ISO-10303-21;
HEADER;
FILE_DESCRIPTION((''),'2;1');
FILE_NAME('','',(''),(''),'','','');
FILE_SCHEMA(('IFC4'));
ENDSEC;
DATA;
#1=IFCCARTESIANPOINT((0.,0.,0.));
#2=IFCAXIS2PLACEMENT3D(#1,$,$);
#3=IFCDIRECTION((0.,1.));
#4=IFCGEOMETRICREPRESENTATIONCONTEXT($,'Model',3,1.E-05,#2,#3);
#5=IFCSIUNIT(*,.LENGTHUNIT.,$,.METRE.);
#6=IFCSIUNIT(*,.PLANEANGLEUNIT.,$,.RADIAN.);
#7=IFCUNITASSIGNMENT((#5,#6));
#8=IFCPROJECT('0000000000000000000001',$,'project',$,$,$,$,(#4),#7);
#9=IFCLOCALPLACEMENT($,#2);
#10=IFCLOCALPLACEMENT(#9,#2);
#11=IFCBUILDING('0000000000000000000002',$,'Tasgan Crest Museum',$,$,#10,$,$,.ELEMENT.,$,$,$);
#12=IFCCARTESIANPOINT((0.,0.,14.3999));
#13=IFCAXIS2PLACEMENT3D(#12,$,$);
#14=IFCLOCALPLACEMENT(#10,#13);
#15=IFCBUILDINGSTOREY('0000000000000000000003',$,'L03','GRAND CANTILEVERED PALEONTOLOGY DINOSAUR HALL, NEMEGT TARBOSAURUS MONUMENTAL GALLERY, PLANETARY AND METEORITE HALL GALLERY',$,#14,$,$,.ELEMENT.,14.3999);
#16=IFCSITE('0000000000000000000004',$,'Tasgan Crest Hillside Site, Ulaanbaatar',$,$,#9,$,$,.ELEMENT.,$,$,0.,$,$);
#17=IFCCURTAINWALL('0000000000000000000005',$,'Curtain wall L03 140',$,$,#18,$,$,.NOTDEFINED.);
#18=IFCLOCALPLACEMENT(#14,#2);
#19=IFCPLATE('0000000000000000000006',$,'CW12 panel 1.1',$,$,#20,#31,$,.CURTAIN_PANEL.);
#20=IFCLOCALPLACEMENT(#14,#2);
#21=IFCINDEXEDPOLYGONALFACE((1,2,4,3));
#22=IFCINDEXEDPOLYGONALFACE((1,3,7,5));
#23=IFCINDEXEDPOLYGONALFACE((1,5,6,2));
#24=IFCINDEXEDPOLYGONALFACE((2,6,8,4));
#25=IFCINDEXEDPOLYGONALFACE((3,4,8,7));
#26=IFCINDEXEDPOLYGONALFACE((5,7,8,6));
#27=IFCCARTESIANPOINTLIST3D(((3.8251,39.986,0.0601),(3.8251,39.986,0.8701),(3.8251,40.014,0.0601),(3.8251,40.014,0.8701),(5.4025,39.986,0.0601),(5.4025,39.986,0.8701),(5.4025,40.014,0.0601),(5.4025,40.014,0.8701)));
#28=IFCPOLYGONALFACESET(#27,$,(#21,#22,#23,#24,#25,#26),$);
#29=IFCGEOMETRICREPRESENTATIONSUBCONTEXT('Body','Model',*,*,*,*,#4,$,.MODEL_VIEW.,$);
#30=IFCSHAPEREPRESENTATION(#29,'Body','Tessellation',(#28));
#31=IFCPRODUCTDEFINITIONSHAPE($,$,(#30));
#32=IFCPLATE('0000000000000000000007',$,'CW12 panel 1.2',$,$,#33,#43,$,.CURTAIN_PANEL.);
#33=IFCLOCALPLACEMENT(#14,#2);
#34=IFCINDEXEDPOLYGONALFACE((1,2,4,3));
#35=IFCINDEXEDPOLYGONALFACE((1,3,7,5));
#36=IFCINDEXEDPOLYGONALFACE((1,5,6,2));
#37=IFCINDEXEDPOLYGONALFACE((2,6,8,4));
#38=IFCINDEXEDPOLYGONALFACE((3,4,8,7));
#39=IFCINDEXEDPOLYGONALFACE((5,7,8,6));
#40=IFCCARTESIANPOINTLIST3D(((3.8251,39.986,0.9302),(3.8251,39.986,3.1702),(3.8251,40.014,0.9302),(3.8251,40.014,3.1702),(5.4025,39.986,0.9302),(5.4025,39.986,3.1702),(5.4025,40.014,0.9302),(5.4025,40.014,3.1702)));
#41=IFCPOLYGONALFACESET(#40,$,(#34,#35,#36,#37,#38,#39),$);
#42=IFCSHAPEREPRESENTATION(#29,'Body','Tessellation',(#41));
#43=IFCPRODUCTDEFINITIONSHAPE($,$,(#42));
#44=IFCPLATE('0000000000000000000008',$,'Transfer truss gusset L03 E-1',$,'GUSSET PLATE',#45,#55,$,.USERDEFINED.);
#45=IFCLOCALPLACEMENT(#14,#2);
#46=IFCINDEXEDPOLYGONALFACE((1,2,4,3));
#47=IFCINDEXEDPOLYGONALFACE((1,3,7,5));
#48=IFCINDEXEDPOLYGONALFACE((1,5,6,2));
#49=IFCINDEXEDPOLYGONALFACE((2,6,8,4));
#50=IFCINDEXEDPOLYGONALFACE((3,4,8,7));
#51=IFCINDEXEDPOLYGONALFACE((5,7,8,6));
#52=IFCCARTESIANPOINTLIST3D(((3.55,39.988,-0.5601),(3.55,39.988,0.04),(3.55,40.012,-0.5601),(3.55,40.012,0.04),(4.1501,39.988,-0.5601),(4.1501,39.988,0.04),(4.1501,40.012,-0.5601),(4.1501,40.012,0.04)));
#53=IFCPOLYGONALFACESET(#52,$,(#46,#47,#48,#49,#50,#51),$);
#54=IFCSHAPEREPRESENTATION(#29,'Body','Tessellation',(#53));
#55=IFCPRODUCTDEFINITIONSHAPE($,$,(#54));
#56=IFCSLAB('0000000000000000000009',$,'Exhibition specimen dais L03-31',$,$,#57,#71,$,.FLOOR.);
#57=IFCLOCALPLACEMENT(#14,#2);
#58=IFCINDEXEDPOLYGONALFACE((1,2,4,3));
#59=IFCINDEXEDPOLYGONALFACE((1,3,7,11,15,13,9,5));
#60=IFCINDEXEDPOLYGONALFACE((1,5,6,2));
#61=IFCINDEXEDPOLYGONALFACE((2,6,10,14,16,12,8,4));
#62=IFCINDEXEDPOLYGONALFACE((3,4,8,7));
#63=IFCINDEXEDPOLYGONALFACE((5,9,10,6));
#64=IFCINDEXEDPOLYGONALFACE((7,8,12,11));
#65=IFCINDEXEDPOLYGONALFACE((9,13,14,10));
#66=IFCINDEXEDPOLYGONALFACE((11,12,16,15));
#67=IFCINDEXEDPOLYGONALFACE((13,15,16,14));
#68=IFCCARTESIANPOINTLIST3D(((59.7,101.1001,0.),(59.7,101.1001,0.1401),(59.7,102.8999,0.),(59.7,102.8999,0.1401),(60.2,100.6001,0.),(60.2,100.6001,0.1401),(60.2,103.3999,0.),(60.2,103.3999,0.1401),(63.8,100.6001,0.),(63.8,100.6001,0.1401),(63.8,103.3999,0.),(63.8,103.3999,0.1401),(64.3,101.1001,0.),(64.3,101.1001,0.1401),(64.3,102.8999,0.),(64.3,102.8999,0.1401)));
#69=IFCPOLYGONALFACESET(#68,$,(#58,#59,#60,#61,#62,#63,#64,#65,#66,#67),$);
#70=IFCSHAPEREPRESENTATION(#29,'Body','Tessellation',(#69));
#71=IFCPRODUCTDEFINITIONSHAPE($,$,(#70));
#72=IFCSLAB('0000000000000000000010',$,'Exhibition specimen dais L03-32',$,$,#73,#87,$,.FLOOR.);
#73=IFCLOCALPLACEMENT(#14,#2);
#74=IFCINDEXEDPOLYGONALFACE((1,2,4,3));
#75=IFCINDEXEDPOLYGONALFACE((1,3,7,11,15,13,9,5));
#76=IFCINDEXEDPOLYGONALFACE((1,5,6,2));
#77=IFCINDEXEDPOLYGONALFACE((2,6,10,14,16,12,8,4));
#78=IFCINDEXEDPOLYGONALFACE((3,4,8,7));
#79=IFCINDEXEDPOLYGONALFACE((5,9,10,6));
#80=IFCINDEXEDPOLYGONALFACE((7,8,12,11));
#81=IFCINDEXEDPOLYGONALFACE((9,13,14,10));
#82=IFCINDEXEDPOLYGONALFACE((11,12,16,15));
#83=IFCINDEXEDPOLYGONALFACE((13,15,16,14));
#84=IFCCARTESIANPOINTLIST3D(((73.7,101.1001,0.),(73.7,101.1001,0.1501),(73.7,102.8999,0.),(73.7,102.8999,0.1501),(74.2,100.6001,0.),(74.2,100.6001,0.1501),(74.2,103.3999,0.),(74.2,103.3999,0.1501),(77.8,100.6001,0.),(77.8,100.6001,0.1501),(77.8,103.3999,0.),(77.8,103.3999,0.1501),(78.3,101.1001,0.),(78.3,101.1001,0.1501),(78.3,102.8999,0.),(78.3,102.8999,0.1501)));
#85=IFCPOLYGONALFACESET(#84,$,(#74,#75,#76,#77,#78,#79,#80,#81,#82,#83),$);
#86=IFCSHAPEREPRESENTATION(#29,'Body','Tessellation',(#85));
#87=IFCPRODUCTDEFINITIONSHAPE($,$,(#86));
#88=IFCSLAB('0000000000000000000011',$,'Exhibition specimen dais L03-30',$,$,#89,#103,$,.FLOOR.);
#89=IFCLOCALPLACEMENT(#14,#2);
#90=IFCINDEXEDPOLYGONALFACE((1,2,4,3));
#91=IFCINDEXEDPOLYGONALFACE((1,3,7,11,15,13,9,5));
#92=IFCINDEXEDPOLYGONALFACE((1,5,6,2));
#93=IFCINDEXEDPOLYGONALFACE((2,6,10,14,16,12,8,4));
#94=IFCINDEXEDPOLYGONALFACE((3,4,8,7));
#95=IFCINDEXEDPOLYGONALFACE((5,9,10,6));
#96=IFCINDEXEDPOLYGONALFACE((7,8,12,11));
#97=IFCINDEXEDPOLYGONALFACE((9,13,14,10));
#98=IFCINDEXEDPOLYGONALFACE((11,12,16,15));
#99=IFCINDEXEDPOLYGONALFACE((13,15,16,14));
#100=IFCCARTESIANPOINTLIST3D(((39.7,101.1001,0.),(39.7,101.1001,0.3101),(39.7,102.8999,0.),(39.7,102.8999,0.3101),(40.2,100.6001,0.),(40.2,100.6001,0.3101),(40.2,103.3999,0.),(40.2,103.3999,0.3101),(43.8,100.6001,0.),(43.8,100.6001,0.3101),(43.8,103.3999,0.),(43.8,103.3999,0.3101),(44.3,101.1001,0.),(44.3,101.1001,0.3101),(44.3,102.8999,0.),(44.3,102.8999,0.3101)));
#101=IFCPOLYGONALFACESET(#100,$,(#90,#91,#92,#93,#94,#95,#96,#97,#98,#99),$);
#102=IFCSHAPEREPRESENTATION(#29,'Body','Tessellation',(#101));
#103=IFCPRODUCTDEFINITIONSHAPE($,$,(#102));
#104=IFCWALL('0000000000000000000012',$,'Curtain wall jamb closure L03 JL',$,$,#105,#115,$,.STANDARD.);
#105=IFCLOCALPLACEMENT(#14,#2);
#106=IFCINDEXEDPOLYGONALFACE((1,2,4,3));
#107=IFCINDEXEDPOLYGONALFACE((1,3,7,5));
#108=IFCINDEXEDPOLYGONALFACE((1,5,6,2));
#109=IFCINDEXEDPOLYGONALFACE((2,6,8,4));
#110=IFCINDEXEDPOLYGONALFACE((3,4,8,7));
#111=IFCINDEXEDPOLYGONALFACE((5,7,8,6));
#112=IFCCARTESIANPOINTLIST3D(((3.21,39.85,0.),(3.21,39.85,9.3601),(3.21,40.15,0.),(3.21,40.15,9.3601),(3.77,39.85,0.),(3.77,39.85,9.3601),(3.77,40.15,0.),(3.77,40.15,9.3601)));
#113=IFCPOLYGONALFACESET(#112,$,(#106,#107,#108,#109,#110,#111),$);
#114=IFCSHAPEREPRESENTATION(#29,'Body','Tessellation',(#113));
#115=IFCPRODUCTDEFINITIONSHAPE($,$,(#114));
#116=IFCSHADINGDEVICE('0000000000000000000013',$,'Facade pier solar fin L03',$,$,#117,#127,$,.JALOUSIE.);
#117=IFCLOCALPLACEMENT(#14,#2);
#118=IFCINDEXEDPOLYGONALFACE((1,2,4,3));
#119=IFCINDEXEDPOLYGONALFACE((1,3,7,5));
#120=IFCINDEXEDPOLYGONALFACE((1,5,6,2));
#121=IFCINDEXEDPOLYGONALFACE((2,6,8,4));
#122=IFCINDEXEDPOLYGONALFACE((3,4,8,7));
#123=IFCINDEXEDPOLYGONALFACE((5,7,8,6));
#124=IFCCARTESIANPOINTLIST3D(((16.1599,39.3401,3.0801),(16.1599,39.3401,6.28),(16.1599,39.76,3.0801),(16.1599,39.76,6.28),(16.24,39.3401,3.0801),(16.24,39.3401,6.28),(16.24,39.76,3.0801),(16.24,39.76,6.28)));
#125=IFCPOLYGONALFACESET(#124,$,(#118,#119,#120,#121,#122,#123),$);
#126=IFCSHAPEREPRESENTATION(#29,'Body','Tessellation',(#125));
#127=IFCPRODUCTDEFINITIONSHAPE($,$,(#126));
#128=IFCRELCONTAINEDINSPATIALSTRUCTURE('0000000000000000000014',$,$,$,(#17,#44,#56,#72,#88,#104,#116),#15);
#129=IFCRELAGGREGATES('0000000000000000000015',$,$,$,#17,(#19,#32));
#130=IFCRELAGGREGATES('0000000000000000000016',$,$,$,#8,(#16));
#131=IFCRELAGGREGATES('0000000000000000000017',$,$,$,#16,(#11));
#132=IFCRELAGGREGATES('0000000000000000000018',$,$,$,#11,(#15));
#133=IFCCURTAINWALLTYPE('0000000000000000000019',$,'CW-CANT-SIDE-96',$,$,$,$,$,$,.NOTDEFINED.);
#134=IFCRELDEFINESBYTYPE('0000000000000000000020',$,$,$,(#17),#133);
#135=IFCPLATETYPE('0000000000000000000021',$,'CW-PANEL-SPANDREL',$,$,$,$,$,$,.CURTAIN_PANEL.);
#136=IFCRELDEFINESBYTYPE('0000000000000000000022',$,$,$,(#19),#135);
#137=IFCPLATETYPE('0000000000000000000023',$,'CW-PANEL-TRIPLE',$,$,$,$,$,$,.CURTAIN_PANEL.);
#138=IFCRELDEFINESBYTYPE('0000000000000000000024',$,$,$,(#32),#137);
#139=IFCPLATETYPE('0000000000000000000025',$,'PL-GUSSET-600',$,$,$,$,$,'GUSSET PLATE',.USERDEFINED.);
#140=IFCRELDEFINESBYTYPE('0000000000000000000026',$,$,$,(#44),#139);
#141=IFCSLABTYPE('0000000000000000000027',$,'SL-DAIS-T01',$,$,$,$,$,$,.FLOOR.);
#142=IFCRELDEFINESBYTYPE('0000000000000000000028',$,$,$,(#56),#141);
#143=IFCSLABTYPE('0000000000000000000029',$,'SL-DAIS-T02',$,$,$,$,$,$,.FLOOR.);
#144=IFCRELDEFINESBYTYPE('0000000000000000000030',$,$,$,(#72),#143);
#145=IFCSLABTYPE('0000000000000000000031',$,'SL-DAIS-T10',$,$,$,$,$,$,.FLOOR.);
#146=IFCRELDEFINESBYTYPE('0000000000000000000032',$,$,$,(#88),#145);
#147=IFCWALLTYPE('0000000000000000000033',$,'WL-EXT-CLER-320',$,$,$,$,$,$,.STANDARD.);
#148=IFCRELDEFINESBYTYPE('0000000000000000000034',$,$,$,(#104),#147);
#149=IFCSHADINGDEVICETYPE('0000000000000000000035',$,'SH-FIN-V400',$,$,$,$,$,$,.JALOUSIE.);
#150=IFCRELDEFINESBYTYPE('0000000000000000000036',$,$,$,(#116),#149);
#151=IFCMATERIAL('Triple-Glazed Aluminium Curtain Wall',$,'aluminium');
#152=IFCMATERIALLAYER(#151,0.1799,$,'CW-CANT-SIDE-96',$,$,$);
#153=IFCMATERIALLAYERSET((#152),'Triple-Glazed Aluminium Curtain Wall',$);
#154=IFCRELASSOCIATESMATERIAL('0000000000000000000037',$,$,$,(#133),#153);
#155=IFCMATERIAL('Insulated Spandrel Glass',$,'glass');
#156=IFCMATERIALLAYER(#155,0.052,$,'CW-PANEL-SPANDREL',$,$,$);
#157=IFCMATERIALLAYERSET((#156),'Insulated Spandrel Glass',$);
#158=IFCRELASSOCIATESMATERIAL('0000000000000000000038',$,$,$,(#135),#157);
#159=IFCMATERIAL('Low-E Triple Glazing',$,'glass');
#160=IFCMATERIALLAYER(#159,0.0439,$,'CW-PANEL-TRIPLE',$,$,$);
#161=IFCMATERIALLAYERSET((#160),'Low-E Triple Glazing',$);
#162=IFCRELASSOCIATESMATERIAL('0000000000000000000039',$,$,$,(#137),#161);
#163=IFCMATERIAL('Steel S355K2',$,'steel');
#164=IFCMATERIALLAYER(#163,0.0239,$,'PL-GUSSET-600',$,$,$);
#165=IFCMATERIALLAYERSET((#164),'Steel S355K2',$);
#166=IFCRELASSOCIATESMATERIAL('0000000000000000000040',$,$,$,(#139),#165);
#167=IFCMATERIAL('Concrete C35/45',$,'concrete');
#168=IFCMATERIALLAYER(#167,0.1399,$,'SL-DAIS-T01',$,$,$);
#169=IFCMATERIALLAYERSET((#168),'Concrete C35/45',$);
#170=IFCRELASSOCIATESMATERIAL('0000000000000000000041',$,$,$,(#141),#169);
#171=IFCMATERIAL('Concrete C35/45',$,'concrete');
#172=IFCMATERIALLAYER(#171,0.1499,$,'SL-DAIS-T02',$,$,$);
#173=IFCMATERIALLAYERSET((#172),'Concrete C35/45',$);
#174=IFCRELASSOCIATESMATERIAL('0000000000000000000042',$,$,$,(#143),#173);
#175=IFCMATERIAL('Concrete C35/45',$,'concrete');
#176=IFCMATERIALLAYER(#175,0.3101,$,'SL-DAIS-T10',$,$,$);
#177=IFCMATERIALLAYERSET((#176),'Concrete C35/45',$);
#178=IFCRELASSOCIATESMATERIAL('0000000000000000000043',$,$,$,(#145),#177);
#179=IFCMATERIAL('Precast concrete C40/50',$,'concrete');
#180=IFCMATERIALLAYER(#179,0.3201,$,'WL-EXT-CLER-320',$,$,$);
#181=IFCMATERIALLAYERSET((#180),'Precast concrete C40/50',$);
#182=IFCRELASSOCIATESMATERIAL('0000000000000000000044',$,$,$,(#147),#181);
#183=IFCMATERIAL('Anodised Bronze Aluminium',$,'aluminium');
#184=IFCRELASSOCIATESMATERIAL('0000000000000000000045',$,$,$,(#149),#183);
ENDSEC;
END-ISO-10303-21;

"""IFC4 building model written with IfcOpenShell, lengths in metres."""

from ifc_helpers import new_model, si_unit, direction, frame, frame_2d, origin, origin_2d, place, context, subcontext, project, spatial, polyline, rectangle, outline, extrude, material, layer, layer_set, type_object, element, aggregate, save


model = new_model("IFC4")

# Units and contexts
model_context = context("Model", 3, precision=1e-05, world=origin(), true_north=direction((0.0, 1.0)))
body_context = subcontext(model_context, "Body", "Model", "MODEL_VIEW")
ifc_project = project(units=[si_unit("LENGTHUNIT", "METRE"), si_unit("PLANEANGLEUNIT", "RADIAN")], contexts=[model_context])

# Site, building, storey
site_placement = place(None, origin())
site = spatial("IfcSite", under=ifc_project, at=site_placement, Name="Tasgan Crest Hillside Site, Ulaanbaatar", CompositionType="ELEMENT", RefElevation=0.0)
building_placement = place(site_placement, origin())
building = spatial("IfcBuilding", under=site, at=building_placement, Name="Tasgan Crest Museum", CompositionType="ELEMENT")
storey_placement = place(building_placement, frame((0.0, 0.0, 14.3999)))
storey = spatial("IfcBuildingStorey", under=building, at=storey_placement, Name="L03", Description="GRAND CANTILEVERED PALEONTOLOGY DINOSAUR HALL, NEMEGT TARBOSAURUS MONUMENTAL GALLERY, PLANETARY AND METEORITE HALL GALLERY", CompositionType="ELEMENT", Elevation=14.3999)

# Curtain wall
ifc_material_1 = material(Name="Triple-Glazed Aluminium Curtain Wall", Category="aluminium")
ifc_layer_1 = layer(ifc_material_1, 0.1799, Name="CW-CANT-SIDE-96")
ifc_layer_set_1 = layer_set([ifc_layer_1], Name="Triple-Glazed Aluminium Curtain Wall")
curtain_wall_type = type_object("IfcCurtainWallType", Name="CW-CANT-SIDE-96", PredefinedType="NOTDEFINED", material=ifc_layer_set_1)
curtain_wall_placement = place(storey_placement, origin())
curtain_wall = element("IfcCurtainWall", 1, at=curtain_wall_placement, inside=storey, type_object=curtain_wall_type, Name="Curtain wall L03 140", PredefinedType="NOTDEFINED")

# Plates
ifc_material_2 = material(Name="Insulated Spandrel Glass", Category="glass")
ifc_layer_2 = layer(ifc_material_2, 0.052, Name="CW-PANEL-SPANDREL")
ifc_layer_set_2 = layer_set([ifc_layer_2], Name="Insulated Spandrel Glass")
plate_type_1 = type_object("IfcPlateType", Name="CW-PANEL-SPANDREL", PredefinedType="CURTAIN_PANEL", material=ifc_layer_set_2)
plate_1_placement = place(storey_placement, frame((4.6138, 40.0, 0.0601), z_axis=(0.0, 0.0, 1.0), x_axis=(1.0, 0.0, 0.0)))
plate_1 = element("IfcPlate", 2, at=plate_1_placement, type_object=plate_type_1, Name="CW12 panel 1.1", PredefinedType="CURTAIN_PANEL", context=body_context, shape_type="SweptSolid", body=[
    extrude(rectangle(XDim=1.5774, YDim=0.0281, at=origin_2d()), origin(), (0.0, 0.0, 1.0), 0.8101),
])
ifc_material_3 = material(Name="Low-E Triple Glazing", Category="glass")
ifc_layer_3 = layer(ifc_material_3, 0.0439, Name="CW-PANEL-TRIPLE")
ifc_layer_set_3 = layer_set([ifc_layer_3], Name="Low-E Triple Glazing")
plate_type_2 = type_object("IfcPlateType", Name="CW-PANEL-TRIPLE", PredefinedType="CURTAIN_PANEL", material=ifc_layer_set_3)
plate_2_placement = place(storey_placement, frame((4.6138, 40.0, 0.9302), z_axis=(0.0, 0.0, 1.0), x_axis=(1.0, 0.0, 0.0)))
plate_2 = element("IfcPlate", 3, at=plate_2_placement, type_object=plate_type_2, Name="CW12 panel 1.2", PredefinedType="CURTAIN_PANEL", context=body_context, shape_type="SweptSolid", body=[
    extrude(rectangle(XDim=1.5774, YDim=0.0281, at=origin_2d()), origin(), (0.0, 0.0, 1.0), 2.24),
])
aggregate(curtain_wall, [plate_1, plate_2])
ifc_material_4 = material(Name="Steel S355K2", Category="steel")
ifc_layer_4 = layer(ifc_material_4, 0.0239, Name="PL-GUSSET-600")
ifc_layer_set_4 = layer_set([ifc_layer_4], Name="Steel S355K2")
plate_type_3 = type_object("IfcPlateType", Name="PL-GUSSET-600", ElementType="GUSSET PLATE", PredefinedType="USERDEFINED", material=ifc_layer_set_4)
plate_3_placement = place(storey_placement, frame((3.8501, 40.0, -0.5601), z_axis=(0.0, 0.0, 1.0), x_axis=(1.0, 0.0, 0.0)))
element("IfcPlate", 4, at=plate_3_placement, inside=storey, type_object=plate_type_3, Name="Transfer truss gusset L03 E-1", ObjectType="GUSSET PLATE", PredefinedType="USERDEFINED", context=body_context, shape_type="SweptSolid", body=[
    extrude(rectangle(XDim=0.6001, YDim=0.0239, at=origin_2d()), origin(), (0.0, 0.0, 1.0), 0.6001),
])

# Slabs
ifc_material_5 = material(Name="Concrete C35/45", Category="concrete")
ifc_layer_5 = layer(ifc_material_5, 0.1399, Name="SL-DAIS-T01")
ifc_layer_set_5 = layer_set([ifc_layer_5], Name="Concrete C35/45")
slab_type_1 = type_object("IfcSlabType", Name="SL-DAIS-T01", PredefinedType="FLOOR", material=ifc_layer_set_5)
slab_1_placement = place(storey_placement, origin())
element("IfcSlab", 5, at=slab_1_placement, inside=storey, type_object=slab_type_1, Name="Exhibition specimen dais L03-31", PredefinedType="FLOOR", context=body_context, shape_type="SweptSolid", body=[
    extrude(outline(polyline([(60.2, 100.6001), (63.8, 100.6001), (64.3, 101.1001), (64.3, 102.8999), (63.8, 103.3999), (60.2, 103.3999), (59.7, 102.8999), (59.7, 101.1001), (60.2, 100.6001)])), origin(), (0.0, 0.0, 1.0), 0.1401),
])
ifc_material_6 = material(Name="Concrete C35/45", Category="concrete")
ifc_layer_6 = layer(ifc_material_6, 0.1499, Name="SL-DAIS-T02")
ifc_layer_set_6 = layer_set([ifc_layer_6], Name="Concrete C35/45")
slab_type_2 = type_object("IfcSlabType", Name="SL-DAIS-T02", PredefinedType="FLOOR", material=ifc_layer_set_6)
slab_2_placement = place(storey_placement, origin())
element("IfcSlab", 6, at=slab_2_placement, inside=storey, type_object=slab_type_2, Name="Exhibition specimen dais L03-32", PredefinedType="FLOOR", context=body_context, shape_type="SweptSolid", body=[
    extrude(outline(polyline([(74.2, 100.6001), (77.8, 100.6001), (78.3, 101.1001), (78.3, 102.8999), (77.8, 103.3999), (74.2, 103.3999), (73.7, 102.8999), (73.7, 101.1001), (74.2, 100.6001)])), origin(), (0.0, 0.0, 1.0), 0.1501),
])
ifc_material_7 = material(Name="Concrete C35/45", Category="concrete")
ifc_layer_7 = layer(ifc_material_7, 0.3101, Name="SL-DAIS-T10")
ifc_layer_set_7 = layer_set([ifc_layer_7], Name="Concrete C35/45")
slab_type_3 = type_object("IfcSlabType", Name="SL-DAIS-T10", PredefinedType="FLOOR", material=ifc_layer_set_7)
slab_3_placement = place(storey_placement, origin())
element("IfcSlab", 7, at=slab_3_placement, inside=storey, type_object=slab_type_3, Name="Exhibition specimen dais L03-30", PredefinedType="FLOOR", context=body_context, shape_type="SweptSolid", body=[
    extrude(outline(polyline([(40.2, 100.6001), (43.8, 100.6001), (44.3, 101.1001), (44.3, 102.8999), (43.8, 103.3999), (40.2, 103.3999), (39.7, 102.8999), (39.7, 101.1001), (40.2, 100.6001)])), origin(), (0.0, 0.0, 1.0), 0.3101),
])

# Wall
ifc_material_8 = material(Name="Precast concrete C40/50", Category="concrete")
ifc_layer_8 = layer(ifc_material_8, 0.3201, Name="WL-EXT-CLER-320")
ifc_layer_set_8 = layer_set([ifc_layer_8], Name="Precast concrete C40/50")
wall_type = type_object("IfcWallType", Name="WL-EXT-CLER-320", PredefinedType="STANDARD", material=ifc_layer_set_8)
wall_placement = place(storey_placement, frame((3.21, 40.0, 0.0), z_axis=(0.0, 0.0, 1.0), x_axis=(1.0, 0.0, 0.0)))
element("IfcWall", 8, at=wall_placement, inside=storey, type_object=wall_type, Name="Curtain wall jamb closure L03 JL", PredefinedType="STANDARD", context=body_context, shape_type="SweptSolid", body=[
    extrude(rectangle(XDim=0.5601, YDim=0.3, at=frame_2d((0.28, 0.0))), origin(), (0.0, 0.0, 1.0), 9.3601),
])

# Shading device
ifc_material_9 = material(Name="Anodised Bronze Aluminium", Category="aluminium")
shading_device_type = type_object("IfcShadingDeviceType", Name="SH-FIN-V400", PredefinedType="JALOUSIE", material=ifc_material_9)
shading_device_placement = place(storey_placement, frame((16.2, 39.55, 3.0801), z_axis=(0.0, 0.0, 1.0), x_axis=(1.0, 0.0, 0.0)))
element("IfcShadingDevice", 9, at=shading_device_placement, inside=storey, type_object=shading_device_type, Name="Facade pier solar fin L03", PredefinedType="JALOUSIE", context=body_context, shape_type="SweptSolid", body=[
    extrude(rectangle(XDim=0.0801, YDim=0.4199, at=origin_2d()), origin(), (0.0, 0.0, 1.0), 3.2),
])

save(model, "model.ifc")
